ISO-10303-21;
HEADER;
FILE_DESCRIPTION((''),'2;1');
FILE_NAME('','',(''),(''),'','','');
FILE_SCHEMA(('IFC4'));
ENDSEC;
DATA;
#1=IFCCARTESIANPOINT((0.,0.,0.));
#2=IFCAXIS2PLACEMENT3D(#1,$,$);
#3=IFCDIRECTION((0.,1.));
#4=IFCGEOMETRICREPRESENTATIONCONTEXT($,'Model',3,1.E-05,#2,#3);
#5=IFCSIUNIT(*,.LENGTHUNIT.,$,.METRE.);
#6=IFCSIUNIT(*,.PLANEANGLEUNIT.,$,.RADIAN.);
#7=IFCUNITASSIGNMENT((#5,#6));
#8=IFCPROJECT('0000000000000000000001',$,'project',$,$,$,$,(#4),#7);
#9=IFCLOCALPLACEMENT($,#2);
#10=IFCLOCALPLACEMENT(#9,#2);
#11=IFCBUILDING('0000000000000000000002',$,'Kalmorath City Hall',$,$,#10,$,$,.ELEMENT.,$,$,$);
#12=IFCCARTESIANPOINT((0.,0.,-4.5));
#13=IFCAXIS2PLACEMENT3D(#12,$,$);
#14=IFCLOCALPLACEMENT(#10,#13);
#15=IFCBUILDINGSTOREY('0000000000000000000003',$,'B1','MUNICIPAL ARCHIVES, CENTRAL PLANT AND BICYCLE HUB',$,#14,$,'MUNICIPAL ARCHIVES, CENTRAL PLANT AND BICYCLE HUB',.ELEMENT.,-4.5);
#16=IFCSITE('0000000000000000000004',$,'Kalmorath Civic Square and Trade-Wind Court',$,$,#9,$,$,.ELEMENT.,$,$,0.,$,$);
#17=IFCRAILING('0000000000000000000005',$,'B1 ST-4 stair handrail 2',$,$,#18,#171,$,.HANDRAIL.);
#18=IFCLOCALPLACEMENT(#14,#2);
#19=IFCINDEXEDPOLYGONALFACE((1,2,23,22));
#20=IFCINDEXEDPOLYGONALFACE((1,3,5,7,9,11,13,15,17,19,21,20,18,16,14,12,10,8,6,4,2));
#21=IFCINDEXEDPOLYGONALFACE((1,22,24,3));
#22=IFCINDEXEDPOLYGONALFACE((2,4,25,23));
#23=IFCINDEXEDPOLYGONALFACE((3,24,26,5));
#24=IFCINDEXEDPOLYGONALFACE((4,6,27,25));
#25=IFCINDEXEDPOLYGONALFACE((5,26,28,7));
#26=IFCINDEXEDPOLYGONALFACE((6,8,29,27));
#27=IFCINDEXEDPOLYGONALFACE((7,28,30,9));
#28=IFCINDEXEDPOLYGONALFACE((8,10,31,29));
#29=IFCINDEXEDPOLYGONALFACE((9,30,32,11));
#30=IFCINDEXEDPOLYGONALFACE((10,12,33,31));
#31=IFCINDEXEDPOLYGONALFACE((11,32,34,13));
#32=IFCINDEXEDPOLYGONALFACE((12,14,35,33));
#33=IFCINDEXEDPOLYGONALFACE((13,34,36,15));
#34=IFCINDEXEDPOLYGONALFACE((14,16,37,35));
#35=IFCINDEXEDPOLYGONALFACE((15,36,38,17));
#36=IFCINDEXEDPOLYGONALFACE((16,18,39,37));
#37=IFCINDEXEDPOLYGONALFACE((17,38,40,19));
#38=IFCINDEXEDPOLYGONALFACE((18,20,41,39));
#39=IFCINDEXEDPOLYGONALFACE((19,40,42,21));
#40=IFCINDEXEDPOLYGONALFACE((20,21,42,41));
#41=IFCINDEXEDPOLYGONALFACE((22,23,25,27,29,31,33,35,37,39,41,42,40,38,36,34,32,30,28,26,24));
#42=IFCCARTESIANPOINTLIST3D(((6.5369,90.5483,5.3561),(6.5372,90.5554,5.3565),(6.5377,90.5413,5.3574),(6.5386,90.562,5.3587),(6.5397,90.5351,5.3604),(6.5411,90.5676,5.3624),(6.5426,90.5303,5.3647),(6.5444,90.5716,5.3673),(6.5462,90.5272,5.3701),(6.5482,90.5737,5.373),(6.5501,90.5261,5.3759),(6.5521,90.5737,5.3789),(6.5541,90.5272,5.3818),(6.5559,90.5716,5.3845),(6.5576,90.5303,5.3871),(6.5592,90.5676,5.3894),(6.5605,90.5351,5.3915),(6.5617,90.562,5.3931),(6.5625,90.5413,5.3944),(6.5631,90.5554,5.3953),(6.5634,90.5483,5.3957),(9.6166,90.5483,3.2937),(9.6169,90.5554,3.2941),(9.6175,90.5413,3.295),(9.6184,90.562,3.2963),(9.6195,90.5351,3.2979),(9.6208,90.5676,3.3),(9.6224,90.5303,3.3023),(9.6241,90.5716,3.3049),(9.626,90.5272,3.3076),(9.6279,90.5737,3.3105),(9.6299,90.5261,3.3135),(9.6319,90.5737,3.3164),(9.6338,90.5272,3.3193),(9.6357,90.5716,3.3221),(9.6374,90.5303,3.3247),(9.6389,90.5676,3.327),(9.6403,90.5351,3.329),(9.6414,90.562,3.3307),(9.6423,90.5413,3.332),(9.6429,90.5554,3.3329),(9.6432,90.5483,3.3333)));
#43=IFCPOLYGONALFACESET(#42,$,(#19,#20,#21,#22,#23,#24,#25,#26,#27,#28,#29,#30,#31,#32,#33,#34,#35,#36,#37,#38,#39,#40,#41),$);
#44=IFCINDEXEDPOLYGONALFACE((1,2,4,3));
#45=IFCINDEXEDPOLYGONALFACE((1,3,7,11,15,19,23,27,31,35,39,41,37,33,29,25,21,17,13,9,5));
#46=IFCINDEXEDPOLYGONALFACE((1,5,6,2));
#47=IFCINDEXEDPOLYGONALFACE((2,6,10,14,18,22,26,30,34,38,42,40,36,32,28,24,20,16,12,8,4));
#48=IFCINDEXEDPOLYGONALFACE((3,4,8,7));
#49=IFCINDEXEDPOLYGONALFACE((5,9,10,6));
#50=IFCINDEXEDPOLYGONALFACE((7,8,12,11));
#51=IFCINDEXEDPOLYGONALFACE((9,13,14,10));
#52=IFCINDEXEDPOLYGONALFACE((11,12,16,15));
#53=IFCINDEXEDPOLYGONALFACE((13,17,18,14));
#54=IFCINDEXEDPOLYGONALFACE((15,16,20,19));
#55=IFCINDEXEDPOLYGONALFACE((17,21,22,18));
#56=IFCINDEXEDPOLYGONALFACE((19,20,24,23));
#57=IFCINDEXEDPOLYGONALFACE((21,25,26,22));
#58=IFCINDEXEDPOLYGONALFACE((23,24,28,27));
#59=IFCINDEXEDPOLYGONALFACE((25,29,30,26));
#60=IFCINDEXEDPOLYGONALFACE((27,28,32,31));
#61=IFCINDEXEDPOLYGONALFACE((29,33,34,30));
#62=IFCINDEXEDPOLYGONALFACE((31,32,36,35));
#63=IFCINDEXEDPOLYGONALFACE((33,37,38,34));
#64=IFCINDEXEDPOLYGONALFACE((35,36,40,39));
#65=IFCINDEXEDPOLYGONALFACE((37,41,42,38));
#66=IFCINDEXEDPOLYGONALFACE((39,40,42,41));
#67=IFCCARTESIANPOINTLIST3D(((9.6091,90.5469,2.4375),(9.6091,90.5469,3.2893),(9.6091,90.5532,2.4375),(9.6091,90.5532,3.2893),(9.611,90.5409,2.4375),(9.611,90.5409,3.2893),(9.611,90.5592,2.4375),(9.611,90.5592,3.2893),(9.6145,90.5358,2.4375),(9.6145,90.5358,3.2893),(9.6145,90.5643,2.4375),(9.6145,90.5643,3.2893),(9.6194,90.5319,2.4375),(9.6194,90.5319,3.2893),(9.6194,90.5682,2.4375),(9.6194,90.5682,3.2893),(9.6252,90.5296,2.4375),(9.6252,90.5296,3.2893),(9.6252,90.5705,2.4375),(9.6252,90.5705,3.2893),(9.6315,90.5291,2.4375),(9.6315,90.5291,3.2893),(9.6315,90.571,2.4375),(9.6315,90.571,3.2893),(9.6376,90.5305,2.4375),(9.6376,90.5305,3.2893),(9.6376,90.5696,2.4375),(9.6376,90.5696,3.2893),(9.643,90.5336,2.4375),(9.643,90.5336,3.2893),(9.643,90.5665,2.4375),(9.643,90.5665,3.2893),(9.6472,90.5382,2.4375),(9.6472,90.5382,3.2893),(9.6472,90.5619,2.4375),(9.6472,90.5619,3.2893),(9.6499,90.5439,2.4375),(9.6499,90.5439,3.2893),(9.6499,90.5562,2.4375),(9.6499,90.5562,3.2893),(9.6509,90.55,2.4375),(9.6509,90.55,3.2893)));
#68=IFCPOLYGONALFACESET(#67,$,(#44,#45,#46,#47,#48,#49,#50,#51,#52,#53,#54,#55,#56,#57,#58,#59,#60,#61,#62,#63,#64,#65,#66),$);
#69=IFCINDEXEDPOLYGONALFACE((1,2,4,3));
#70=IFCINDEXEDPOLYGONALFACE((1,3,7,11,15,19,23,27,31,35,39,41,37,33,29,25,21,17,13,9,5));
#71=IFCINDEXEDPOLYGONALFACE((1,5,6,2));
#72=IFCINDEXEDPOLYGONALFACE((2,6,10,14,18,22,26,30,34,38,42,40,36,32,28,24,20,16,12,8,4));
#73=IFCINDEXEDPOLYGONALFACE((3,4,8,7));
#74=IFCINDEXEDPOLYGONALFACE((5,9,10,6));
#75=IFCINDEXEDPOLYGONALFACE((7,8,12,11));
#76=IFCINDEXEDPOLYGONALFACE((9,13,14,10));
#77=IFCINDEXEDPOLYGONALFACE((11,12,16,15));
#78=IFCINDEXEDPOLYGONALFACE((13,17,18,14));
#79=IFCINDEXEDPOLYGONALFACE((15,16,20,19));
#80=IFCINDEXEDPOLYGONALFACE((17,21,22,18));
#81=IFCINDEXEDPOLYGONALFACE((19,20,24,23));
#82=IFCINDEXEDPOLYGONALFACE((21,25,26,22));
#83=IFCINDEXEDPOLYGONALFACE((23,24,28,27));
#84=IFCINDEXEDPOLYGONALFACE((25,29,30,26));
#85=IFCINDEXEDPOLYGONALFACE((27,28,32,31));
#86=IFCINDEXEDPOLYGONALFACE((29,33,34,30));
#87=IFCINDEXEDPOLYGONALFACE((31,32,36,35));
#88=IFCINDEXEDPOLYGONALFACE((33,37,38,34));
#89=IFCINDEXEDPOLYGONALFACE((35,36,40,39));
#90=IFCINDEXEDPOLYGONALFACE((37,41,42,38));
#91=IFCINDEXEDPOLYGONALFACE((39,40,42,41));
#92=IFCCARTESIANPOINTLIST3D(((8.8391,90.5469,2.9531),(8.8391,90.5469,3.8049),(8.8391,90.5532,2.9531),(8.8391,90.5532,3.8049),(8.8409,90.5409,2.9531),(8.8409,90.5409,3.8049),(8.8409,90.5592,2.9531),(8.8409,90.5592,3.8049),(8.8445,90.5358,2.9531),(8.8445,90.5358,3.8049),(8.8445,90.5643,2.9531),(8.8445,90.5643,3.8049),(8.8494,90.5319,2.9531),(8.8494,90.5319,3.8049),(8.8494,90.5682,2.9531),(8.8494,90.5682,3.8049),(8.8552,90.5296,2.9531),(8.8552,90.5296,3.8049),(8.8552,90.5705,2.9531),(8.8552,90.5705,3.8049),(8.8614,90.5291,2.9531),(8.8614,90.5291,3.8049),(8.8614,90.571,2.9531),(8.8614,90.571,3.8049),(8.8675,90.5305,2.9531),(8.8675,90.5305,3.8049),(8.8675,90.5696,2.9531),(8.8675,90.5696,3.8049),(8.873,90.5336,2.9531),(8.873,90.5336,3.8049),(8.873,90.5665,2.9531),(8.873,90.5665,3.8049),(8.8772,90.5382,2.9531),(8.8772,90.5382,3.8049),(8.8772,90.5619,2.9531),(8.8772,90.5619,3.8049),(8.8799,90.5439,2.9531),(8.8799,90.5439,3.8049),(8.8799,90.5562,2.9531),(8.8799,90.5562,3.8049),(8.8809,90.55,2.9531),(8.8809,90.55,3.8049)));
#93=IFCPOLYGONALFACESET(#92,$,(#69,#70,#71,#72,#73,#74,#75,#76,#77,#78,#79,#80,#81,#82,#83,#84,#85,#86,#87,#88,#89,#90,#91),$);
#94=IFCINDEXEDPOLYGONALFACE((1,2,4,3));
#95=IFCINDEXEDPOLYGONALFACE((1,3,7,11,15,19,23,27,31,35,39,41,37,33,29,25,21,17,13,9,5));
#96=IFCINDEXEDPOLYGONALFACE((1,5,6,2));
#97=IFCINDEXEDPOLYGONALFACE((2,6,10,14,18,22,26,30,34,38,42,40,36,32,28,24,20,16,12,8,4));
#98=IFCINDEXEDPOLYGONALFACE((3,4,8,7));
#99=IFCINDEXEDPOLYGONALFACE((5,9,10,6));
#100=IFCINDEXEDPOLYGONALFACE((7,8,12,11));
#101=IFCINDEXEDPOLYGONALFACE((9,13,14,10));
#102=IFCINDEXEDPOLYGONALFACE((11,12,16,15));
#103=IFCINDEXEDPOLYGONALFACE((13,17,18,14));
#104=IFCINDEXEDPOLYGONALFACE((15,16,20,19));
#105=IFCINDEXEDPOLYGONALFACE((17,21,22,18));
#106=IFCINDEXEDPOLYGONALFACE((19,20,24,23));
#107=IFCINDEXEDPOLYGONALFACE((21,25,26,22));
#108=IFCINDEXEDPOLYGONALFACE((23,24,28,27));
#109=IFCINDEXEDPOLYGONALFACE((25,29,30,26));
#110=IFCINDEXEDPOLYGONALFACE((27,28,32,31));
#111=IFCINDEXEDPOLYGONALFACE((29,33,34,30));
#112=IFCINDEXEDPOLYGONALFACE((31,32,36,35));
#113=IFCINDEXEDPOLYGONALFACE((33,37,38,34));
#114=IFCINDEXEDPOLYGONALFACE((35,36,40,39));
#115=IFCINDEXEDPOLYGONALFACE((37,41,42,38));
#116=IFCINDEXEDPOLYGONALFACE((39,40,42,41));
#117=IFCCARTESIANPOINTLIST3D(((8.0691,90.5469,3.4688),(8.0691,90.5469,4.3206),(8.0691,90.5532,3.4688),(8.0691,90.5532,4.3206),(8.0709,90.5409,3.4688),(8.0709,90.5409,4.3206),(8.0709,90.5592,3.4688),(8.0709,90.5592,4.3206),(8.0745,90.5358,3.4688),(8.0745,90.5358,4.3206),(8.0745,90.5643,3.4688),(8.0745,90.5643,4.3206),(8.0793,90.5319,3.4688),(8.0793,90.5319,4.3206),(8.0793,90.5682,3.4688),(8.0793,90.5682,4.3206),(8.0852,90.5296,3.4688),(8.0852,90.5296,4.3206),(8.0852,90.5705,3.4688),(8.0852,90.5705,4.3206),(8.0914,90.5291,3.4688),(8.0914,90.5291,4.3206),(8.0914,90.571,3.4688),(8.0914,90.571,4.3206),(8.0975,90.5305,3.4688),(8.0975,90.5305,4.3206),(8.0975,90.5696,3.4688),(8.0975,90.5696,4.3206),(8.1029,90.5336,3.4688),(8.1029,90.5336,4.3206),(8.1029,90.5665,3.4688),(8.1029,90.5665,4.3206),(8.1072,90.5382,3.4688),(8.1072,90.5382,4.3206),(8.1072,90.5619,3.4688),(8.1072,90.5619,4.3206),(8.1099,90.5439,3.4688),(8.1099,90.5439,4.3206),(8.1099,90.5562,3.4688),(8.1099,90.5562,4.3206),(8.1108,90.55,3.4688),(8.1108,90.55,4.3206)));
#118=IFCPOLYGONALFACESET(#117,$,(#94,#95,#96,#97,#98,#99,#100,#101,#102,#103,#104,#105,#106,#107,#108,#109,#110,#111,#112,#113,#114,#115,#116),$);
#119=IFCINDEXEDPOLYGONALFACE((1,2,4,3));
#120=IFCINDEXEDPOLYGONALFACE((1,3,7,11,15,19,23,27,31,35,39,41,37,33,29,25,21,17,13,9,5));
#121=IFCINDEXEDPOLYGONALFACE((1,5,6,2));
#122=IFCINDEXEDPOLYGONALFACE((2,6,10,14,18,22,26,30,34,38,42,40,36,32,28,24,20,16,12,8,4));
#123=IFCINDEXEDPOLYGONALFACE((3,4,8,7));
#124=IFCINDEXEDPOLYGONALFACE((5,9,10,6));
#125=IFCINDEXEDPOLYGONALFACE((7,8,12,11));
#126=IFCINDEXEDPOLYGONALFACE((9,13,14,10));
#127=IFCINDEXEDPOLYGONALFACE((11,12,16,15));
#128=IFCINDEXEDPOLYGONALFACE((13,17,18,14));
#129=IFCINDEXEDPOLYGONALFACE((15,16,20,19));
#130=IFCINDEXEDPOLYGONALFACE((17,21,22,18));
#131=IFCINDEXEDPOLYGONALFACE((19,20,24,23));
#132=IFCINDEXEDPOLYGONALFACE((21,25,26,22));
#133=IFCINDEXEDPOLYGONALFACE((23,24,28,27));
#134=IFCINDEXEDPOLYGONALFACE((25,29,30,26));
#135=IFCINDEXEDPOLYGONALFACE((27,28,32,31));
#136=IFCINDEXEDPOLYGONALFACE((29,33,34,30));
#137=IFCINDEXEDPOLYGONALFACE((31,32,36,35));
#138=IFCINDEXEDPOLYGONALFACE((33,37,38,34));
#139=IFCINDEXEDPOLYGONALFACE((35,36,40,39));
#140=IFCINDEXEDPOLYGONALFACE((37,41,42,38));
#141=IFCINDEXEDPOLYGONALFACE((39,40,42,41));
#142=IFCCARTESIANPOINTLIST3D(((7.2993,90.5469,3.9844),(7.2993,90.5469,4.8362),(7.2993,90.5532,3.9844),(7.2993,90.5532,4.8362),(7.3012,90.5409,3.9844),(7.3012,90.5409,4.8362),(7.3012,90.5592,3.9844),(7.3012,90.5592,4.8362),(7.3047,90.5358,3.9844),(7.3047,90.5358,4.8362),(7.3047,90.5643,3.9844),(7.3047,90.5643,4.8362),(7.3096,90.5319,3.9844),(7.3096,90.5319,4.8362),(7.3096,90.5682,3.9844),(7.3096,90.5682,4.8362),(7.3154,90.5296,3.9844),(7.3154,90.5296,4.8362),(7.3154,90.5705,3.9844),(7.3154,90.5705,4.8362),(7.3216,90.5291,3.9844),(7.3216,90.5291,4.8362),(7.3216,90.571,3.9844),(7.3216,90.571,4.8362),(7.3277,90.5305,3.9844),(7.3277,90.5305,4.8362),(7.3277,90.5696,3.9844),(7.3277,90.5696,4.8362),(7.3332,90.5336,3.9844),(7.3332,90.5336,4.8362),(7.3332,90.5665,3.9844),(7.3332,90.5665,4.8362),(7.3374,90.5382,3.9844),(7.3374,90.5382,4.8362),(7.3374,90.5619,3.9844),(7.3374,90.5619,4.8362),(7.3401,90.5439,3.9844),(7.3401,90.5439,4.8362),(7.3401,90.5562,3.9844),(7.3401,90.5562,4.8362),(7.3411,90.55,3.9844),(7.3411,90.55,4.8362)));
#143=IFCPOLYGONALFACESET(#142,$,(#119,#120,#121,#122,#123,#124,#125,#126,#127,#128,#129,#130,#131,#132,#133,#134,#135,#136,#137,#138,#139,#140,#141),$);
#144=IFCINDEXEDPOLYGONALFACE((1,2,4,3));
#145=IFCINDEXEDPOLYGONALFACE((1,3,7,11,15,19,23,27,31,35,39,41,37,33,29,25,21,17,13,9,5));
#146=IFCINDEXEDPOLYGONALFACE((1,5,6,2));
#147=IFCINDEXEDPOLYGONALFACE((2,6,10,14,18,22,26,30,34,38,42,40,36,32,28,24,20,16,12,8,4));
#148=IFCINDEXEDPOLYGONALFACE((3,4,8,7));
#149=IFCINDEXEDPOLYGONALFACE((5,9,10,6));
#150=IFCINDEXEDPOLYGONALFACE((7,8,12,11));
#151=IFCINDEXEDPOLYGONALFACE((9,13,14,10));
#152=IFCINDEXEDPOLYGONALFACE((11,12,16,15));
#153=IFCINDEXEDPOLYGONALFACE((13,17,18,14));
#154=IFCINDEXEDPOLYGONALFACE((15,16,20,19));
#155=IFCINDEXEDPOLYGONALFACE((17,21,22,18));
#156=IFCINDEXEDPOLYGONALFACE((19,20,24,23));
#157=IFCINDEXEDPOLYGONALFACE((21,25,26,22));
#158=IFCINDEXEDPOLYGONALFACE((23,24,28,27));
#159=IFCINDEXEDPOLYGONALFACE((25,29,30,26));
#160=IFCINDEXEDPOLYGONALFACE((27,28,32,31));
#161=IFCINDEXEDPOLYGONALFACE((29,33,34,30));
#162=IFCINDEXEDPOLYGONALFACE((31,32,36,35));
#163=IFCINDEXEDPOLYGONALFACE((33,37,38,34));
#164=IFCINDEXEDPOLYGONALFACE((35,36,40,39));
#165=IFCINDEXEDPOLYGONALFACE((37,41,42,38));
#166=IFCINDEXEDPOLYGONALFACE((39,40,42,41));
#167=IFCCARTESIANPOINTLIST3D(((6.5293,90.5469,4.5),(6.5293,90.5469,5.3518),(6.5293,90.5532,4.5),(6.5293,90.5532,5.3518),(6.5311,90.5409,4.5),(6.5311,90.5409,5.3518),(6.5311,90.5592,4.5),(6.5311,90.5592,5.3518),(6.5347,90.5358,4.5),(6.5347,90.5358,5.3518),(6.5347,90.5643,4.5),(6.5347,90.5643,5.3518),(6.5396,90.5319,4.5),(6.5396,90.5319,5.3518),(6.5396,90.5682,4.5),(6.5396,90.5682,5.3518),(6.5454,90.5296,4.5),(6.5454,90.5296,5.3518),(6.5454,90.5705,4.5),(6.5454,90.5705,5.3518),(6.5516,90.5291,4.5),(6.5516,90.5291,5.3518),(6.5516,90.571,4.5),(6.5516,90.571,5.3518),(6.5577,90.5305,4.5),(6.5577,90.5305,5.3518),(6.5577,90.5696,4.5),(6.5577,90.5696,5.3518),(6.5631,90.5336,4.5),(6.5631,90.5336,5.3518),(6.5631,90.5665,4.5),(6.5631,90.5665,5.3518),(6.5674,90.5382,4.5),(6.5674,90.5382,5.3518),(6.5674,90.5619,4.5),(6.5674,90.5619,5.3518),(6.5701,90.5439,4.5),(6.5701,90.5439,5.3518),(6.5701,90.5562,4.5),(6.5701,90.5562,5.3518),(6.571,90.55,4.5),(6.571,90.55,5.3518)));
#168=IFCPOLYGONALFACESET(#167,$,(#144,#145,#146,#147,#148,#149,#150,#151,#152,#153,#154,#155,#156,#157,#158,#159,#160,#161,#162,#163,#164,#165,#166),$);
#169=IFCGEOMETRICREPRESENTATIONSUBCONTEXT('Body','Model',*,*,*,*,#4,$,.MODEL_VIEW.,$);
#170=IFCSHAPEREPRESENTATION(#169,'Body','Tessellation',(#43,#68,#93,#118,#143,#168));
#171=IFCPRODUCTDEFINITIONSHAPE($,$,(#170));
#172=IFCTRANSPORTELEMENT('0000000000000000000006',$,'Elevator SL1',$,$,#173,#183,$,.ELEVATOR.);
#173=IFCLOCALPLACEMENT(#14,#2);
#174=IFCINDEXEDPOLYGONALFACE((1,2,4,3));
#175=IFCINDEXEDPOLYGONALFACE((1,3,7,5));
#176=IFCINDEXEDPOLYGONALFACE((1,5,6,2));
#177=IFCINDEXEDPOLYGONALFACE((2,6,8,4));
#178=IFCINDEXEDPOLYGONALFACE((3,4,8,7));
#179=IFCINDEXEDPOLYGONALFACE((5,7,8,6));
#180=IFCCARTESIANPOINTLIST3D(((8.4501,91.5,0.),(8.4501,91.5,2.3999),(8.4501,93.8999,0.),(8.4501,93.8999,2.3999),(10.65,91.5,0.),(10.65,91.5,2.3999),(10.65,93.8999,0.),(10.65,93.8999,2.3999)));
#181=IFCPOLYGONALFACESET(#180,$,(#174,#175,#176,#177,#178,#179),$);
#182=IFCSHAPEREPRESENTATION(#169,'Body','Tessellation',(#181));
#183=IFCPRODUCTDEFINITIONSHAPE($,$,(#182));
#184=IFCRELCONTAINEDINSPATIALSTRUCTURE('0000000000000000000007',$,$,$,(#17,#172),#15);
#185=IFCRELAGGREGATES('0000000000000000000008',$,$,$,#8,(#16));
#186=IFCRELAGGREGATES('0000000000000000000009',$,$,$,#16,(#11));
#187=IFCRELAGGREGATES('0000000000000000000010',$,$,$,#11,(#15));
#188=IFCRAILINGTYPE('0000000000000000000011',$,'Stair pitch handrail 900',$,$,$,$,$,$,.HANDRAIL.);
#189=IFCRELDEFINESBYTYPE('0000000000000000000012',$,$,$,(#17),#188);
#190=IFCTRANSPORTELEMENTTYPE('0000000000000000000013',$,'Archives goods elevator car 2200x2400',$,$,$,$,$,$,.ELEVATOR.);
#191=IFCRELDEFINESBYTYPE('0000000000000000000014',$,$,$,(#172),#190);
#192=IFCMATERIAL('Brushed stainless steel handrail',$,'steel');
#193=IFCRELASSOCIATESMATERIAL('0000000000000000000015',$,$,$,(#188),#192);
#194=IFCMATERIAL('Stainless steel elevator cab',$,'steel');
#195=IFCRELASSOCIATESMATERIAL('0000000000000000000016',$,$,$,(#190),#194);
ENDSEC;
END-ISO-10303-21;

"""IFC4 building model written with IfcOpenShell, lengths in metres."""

from ifc_helpers import new_model, si_unit, direction, frame, origin, origin_2d, place, context, subcontext, project, spatial, rectangle, circle, extrude, material, type_object, element, save


model = new_model("IFC4")

# Units and contexts
model_context = context("Model", 3, precision=1e-05, world=origin(), true_north=direction((0.0, 1.0)))
body_context = subcontext(model_context, "Body", "Model", "MODEL_VIEW")
ifc_project = project(units=[si_unit("LENGTHUNIT", "METRE"), si_unit("PLANEANGLEUNIT", "RADIAN")], contexts=[model_context])

# Site, building, storey
site_placement = place(None, origin())
site = spatial("IfcSite", under=ifc_project, at=site_placement, Name="Kalmorath Civic Square and Trade-Wind Court", CompositionType="ELEMENT", RefElevation=0.0)
building_placement = place(site_placement, origin())
building = spatial("IfcBuilding", under=site, at=building_placement, Name="Kalmorath City Hall", CompositionType="ELEMENT")
storey_placement = place(building_placement, frame((0.0, 0.0, -4.5)))
storey = spatial("IfcBuildingStorey", under=building, at=storey_placement, Name="B1", Description="MUNICIPAL ARCHIVES, CENTRAL PLANT AND BICYCLE HUB", LongName="MUNICIPAL ARCHIVES, CENTRAL PLANT AND BICYCLE HUB", CompositionType="ELEMENT", Elevation=-4.5)

# Railing
ifc_material_1 = material(Name="Brushed stainless steel handrail", Category="steel")
railing_type_1 = type_object("IfcRailingType", Name="Stair pitch handrail 900", PredefinedType="HANDRAIL", material=ifc_material_1)
railing_1_placement = place(storey_placement, frame((9.6299, 90.55, 2.4375)))
element("IfcRailing", 1, at=railing_1_placement, inside=storey, type_object=railing_type_1, Name="B1 ST-4 stair handrail 2", PredefinedType="HANDRAIL", context=body_context, shape_type="SweptSolid", body=[
    extrude(circle(Radius=0.0239, at=origin_2d()), frame((0.0, 0.0, 0.876), z_axis=(-0.830893, 0.0, 0.556432), x_axis=(0.0, -1.0, 0.0)), (0.0, 0.0, 1.0), 3.7065),
    extrude(circle(Radius=0.021, at=origin_2d()), origin(), (0.0, 0.0, 1.0), 0.8518),
    extrude(circle(Radius=0.021, at=origin_2d()), frame((-0.77, 0.0, 0.5156)), (0.0, 0.0, 1.0), 0.8518),
    extrude(circle(Radius=0.021, at=origin_2d()), frame((-1.54, 0.0, 1.0312)), (0.0, 0.0, 1.0), 0.8518),
    extrude(circle(Radius=0.021, at=origin_2d()), frame((-2.3098, 0.0, 1.5469)), (0.0, 0.0, 1.0), 0.8518),
    extrude(circle(Radius=0.021, at=origin_2d()), frame((-3.0798, 0.0, 2.0625)), (0.0, 0.0, 1.0), 0.8518),
])

# Transport element
ifc_material_2 = material(Name="Stainless steel elevator cab", Category="steel")
transport_element_type = type_object("IfcTransportElementType", Name="Archives goods elevator car 2200x2400", PredefinedType="ELEVATOR", material=ifc_material_2)
transport_element_placement = place(storey_placement, frame((9.55, 92.7, 0.0), z_axis=(0.0, 0.0, 1.0), x_axis=(1.0, 0.0, 0.0)))
element("IfcTransportElement", 2, at=transport_element_placement, inside=storey, type_object=transport_element_type, Name="Elevator SL1", PredefinedType="ELEVATOR", context=body_context, shape_type="SweptSolid", body=[
    extrude(rectangle(XDim=2.2, YDim=2.3999, at=origin_2d()), origin(), (0.0, 0.0, 1.0), 2.3999),
])

save(model, "model.ifc")
